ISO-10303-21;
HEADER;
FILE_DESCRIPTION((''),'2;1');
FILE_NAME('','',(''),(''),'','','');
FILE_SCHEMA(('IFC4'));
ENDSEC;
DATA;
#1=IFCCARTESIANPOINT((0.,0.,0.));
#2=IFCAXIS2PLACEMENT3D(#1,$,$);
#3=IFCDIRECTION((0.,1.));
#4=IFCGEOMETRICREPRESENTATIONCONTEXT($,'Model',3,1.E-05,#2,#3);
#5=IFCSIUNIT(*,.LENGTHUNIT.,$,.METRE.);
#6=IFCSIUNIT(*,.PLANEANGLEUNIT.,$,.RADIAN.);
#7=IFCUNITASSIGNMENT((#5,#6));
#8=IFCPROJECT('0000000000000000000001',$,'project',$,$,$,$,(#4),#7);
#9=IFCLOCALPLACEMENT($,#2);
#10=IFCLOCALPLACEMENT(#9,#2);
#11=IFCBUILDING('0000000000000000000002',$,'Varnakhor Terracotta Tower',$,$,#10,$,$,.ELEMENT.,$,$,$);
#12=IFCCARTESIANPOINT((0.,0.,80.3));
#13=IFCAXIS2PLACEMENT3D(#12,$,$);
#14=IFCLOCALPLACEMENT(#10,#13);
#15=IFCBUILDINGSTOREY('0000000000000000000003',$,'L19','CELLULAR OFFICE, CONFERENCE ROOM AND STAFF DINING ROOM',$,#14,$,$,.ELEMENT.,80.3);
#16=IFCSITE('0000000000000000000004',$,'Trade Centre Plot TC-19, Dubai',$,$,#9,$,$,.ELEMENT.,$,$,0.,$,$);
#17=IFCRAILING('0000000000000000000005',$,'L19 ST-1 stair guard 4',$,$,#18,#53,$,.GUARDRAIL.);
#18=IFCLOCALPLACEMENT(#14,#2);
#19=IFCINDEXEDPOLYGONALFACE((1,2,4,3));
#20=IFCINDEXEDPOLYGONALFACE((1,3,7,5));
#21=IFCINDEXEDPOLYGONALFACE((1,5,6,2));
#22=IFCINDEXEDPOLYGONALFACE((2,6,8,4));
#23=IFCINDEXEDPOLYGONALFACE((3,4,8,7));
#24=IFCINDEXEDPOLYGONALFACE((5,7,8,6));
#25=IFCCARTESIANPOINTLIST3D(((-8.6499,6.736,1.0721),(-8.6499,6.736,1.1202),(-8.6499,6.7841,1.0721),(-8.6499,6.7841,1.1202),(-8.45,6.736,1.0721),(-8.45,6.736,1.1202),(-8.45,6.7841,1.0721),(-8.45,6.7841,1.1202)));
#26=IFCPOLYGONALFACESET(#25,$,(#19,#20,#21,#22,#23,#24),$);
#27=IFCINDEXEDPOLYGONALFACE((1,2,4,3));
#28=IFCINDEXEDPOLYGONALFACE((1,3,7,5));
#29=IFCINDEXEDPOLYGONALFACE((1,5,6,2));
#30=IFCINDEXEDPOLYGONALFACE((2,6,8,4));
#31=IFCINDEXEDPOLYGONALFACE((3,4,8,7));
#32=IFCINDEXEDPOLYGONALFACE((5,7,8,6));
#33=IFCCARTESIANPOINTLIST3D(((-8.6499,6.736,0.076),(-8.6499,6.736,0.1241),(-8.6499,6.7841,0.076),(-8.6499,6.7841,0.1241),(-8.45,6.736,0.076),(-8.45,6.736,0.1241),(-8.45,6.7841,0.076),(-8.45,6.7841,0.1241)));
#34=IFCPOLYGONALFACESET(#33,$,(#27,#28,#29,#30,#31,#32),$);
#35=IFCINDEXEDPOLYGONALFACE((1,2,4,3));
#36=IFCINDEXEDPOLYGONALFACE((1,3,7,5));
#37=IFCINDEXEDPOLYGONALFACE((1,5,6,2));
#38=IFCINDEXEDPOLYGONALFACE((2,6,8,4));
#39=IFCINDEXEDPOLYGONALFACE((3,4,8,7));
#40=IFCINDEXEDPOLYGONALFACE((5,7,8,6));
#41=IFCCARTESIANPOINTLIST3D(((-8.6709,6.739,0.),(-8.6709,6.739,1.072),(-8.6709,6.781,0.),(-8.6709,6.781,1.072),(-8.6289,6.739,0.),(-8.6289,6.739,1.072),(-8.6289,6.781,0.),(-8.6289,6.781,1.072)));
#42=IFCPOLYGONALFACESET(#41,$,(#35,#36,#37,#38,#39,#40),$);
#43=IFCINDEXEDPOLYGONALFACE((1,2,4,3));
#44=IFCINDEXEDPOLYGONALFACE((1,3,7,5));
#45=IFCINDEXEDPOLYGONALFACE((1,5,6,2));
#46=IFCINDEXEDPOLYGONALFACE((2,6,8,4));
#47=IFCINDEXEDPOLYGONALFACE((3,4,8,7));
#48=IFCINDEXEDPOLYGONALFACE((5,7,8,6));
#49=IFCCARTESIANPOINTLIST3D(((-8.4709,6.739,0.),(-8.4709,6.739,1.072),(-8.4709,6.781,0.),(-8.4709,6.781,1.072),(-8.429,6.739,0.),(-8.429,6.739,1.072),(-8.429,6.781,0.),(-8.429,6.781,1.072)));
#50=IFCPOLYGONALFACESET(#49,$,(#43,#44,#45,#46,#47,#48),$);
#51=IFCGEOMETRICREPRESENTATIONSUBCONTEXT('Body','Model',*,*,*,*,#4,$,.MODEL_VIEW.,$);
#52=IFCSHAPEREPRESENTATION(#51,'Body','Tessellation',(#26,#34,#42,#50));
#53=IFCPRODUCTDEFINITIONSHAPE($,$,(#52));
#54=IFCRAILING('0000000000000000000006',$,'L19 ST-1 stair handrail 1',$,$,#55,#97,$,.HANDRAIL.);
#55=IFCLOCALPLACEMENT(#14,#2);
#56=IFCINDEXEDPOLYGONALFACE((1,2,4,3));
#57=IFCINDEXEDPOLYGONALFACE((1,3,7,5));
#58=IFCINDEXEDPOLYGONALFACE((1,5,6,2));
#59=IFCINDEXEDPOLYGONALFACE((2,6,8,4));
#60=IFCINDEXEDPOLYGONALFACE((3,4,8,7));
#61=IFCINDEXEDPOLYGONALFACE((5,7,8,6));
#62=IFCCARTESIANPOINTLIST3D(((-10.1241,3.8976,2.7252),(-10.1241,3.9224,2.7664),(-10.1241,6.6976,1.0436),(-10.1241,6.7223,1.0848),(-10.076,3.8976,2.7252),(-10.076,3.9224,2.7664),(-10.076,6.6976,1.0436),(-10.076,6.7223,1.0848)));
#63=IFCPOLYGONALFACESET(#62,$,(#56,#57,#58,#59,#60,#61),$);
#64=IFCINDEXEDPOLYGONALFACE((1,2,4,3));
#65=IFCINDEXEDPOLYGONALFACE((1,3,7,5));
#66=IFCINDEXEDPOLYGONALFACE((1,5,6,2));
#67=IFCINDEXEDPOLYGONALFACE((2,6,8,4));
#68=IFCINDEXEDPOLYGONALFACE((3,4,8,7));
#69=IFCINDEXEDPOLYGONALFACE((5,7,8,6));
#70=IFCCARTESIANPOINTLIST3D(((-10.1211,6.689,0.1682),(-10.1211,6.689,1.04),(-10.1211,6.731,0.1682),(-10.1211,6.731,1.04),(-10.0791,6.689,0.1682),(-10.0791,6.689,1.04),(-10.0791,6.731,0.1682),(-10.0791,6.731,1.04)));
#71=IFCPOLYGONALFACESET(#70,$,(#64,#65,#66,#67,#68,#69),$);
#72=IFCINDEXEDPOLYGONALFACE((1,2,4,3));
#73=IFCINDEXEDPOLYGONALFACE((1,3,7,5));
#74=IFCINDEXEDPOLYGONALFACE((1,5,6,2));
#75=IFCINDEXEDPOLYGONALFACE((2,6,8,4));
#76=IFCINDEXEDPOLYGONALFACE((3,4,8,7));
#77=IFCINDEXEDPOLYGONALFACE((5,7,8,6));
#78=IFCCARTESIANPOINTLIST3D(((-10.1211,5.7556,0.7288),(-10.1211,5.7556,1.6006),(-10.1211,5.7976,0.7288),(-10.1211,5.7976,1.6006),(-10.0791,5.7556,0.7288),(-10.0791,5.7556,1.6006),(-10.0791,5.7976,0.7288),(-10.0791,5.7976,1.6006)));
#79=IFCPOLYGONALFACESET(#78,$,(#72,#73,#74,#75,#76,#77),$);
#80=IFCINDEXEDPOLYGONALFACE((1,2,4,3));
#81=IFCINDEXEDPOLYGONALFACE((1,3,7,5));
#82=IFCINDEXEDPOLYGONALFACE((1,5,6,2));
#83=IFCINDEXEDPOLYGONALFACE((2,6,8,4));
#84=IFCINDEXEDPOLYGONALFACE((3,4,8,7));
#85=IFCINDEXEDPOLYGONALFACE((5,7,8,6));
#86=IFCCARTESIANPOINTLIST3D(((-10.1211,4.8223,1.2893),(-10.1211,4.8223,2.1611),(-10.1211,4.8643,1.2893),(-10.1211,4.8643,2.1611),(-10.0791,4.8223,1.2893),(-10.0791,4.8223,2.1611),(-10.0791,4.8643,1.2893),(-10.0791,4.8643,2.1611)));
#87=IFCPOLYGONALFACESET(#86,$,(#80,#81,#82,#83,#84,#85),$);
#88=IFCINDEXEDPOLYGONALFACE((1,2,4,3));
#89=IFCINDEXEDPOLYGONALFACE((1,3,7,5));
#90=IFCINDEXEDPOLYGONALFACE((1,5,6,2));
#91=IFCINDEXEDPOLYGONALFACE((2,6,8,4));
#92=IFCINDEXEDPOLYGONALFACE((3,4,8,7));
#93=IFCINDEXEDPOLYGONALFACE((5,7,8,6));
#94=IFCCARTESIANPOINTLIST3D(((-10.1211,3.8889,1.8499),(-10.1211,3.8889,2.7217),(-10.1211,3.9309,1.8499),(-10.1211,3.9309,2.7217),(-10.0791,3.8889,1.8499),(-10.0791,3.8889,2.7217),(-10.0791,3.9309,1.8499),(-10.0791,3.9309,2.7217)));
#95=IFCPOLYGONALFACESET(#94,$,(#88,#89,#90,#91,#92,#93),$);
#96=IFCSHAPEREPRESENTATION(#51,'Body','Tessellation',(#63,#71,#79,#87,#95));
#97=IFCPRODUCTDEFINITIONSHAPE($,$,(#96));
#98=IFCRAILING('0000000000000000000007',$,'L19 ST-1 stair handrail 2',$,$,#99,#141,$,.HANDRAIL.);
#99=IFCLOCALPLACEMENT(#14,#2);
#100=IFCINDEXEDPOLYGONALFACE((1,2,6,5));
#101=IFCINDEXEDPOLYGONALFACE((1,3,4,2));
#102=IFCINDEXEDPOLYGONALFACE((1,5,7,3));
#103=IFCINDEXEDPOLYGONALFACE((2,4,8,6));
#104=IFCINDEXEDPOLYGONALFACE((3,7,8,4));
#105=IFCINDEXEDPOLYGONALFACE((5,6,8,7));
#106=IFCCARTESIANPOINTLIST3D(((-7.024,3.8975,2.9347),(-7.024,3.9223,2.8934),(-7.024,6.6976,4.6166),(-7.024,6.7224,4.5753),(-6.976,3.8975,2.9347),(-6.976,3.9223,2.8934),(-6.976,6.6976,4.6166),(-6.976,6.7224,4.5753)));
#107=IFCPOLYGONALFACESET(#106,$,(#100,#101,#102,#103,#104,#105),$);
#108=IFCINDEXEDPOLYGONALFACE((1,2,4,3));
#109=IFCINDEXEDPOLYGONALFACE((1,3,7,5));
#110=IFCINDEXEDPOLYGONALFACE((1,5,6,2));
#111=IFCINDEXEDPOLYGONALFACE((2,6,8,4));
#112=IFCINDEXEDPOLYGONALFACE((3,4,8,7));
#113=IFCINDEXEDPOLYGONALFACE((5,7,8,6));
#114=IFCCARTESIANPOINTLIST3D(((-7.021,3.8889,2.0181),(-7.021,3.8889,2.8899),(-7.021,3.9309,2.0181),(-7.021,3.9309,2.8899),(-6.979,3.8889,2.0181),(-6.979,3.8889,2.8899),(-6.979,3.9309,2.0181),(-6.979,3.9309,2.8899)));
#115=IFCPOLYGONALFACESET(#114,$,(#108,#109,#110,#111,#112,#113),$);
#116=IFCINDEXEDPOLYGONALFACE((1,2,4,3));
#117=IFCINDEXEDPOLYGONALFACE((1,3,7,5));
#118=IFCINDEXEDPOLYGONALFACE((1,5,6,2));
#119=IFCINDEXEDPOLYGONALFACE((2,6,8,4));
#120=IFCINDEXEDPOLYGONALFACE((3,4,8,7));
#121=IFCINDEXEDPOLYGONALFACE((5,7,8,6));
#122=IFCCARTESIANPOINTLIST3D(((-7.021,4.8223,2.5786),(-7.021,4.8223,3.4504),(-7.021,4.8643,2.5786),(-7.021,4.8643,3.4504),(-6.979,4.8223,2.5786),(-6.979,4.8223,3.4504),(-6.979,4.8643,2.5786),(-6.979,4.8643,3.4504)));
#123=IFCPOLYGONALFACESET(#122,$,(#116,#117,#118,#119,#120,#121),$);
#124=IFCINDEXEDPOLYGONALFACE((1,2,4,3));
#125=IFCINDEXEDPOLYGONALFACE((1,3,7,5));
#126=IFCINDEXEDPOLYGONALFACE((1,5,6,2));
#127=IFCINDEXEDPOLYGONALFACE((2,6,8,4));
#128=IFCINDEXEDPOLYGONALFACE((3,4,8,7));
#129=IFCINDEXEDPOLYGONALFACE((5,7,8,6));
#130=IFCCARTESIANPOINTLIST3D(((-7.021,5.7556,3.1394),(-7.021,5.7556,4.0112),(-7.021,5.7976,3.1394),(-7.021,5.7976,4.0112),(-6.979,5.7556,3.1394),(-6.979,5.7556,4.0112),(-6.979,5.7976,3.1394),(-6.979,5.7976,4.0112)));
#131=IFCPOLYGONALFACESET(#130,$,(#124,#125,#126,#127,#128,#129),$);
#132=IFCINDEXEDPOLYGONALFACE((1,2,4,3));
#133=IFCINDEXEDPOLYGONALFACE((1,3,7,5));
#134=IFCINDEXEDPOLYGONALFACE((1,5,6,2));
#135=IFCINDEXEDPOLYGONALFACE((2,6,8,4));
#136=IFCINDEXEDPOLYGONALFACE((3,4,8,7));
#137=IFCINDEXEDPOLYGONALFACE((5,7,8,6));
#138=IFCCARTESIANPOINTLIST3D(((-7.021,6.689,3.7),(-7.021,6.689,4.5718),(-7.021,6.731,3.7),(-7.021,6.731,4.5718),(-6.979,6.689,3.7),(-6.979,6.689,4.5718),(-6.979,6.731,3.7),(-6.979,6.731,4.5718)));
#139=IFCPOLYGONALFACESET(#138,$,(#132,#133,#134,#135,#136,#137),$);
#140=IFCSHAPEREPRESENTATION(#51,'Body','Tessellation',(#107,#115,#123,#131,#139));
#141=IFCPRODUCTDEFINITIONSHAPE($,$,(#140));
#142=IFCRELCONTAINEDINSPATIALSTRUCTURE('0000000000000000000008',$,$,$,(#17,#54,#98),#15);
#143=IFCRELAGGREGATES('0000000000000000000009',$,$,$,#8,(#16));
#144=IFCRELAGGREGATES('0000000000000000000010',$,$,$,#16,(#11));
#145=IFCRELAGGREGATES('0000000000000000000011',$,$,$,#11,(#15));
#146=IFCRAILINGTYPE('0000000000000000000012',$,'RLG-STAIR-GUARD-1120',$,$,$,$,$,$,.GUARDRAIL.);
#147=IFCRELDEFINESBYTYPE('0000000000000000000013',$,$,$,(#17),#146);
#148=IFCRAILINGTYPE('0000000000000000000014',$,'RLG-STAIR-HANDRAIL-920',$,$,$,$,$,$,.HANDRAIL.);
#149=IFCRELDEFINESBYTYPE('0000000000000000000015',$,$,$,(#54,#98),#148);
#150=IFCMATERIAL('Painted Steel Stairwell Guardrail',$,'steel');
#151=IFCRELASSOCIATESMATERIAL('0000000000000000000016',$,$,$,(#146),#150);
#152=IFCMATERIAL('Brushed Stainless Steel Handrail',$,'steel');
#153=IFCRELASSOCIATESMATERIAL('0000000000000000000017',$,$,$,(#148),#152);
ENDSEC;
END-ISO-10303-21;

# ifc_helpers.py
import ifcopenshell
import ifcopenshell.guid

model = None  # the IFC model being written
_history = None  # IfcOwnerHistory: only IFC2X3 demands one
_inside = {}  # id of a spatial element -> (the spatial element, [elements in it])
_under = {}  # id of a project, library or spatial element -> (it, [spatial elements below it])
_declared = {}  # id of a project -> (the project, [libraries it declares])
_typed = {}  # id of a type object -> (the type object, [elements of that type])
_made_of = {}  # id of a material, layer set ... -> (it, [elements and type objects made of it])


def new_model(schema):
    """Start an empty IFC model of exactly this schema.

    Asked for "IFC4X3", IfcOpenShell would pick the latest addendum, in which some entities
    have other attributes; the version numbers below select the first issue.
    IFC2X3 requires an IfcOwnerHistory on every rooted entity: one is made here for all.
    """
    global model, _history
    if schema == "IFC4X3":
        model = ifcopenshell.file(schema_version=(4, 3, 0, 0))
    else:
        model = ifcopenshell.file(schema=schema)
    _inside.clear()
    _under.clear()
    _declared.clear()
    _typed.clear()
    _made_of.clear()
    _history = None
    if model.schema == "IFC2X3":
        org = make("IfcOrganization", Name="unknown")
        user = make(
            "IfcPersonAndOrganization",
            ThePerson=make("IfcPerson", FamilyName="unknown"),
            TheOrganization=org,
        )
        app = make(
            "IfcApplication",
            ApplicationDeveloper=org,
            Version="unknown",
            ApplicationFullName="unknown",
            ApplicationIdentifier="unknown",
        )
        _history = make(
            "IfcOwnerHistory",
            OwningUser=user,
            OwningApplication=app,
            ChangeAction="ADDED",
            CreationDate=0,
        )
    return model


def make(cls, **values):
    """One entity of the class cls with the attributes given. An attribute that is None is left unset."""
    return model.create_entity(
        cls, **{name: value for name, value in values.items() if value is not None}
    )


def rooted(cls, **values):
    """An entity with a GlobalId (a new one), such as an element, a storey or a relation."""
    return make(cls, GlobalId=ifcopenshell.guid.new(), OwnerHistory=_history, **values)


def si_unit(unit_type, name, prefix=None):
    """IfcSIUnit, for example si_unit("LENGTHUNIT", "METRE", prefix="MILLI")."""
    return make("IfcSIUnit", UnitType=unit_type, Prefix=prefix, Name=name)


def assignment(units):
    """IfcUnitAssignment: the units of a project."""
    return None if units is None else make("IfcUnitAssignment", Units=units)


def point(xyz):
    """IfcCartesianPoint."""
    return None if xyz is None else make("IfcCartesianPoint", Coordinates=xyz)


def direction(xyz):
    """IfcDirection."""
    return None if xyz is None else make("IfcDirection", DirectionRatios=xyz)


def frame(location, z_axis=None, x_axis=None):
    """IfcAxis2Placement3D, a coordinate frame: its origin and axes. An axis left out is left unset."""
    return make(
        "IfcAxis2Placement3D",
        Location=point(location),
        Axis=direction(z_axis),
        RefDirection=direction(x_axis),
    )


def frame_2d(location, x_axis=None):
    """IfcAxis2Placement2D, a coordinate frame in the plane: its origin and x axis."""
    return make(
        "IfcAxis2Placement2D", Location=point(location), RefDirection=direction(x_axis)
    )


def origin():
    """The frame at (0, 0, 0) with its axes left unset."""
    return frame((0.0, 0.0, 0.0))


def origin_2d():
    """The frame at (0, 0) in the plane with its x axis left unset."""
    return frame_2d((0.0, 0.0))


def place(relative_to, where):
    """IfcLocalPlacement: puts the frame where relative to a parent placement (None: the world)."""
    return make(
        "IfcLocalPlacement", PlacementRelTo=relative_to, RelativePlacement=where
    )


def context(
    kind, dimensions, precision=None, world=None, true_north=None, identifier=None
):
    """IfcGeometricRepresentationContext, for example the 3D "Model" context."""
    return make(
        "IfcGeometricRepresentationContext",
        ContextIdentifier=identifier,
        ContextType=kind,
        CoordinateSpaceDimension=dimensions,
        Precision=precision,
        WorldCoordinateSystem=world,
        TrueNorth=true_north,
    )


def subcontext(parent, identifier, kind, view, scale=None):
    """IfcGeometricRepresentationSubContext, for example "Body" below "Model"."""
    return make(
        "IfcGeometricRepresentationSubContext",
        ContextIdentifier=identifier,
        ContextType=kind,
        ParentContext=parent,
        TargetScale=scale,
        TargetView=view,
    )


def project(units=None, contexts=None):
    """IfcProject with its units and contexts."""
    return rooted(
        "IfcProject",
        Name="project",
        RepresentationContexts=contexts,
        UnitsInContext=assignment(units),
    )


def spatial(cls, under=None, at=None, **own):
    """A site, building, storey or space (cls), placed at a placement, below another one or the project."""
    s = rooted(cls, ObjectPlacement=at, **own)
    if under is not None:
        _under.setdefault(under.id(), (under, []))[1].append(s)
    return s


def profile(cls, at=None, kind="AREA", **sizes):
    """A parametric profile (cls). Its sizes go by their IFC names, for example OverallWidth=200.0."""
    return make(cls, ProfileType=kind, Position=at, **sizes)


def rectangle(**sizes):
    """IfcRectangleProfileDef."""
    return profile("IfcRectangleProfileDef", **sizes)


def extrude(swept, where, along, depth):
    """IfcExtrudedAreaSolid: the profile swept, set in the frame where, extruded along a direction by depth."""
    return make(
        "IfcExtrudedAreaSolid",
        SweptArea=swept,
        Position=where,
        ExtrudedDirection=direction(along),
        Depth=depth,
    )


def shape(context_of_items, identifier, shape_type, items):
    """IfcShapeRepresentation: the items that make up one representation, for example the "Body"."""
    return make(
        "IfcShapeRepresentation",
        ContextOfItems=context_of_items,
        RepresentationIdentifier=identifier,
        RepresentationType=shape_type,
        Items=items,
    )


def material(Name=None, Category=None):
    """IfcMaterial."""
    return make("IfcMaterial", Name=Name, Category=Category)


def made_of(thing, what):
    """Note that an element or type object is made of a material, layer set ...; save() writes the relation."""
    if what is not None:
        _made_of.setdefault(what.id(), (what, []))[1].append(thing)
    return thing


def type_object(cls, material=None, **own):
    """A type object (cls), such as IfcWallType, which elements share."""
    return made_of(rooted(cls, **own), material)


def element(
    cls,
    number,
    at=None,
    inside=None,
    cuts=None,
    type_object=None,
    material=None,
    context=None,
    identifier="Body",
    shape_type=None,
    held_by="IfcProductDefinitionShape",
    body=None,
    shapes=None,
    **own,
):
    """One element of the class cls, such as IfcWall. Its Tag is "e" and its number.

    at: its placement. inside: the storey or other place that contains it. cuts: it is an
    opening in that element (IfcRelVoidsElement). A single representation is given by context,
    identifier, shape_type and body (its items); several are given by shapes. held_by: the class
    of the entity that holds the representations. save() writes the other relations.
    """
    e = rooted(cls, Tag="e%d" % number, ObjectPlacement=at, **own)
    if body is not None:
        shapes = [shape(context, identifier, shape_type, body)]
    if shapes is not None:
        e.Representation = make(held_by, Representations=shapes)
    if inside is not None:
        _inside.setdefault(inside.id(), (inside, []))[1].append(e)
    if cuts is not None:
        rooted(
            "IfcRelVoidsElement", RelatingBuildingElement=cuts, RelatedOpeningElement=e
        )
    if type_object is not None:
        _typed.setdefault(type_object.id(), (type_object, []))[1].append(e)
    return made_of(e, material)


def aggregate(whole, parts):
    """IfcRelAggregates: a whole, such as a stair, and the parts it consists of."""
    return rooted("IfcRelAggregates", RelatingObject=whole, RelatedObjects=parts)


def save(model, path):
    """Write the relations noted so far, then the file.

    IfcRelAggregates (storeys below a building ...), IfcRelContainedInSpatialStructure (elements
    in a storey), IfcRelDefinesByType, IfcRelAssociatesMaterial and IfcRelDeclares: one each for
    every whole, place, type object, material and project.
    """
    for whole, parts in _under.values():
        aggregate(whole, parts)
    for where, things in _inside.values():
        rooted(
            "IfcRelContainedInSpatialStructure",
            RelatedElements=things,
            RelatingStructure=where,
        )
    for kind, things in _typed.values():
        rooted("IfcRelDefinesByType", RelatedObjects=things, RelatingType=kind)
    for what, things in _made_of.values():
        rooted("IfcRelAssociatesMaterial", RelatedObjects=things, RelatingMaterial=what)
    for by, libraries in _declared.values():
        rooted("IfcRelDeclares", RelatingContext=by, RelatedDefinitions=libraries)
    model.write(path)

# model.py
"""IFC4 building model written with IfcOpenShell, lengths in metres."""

from ifc_helpers import new_model, si_unit, direction, frame, origin, origin_2d, place, context, subcontext, project, spatial, rectangle, extrude, material, type_object, element, save


model = new_model("IFC4")

# Units and contexts
model_context = context("Model", 3, precision=1e-05, world=origin(), true_north=direction((0.0, 1.0)))
body_context = subcontext(model_context, "Body", "Model", "MODEL_VIEW")
ifc_project = project(units=[si_unit("LENGTHUNIT", "METRE"), si_unit("PLANEANGLEUNIT", "RADIAN")], contexts=[model_context])

# Site, building, storey
site_placement = place(None, origin())
site = spatial("IfcSite", under=ifc_project, at=site_placement, Name="Trade Centre Plot TC-19, Dubai", CompositionType="ELEMENT", RefElevation=0.0)
building_placement = place(site_placement, origin())
building = spatial("IfcBuilding", under=site, at=building_placement, Name="Varnakhor Terracotta Tower", CompositionType="ELEMENT")
storey_placement = place(building_placement, frame((0.0, 0.0, 80.3)))
storey = spatial("IfcBuildingStorey", under=building, at=storey_placement, Name="L19", Description="CELLULAR OFFICE, CONFERENCE ROOM AND STAFF DINING ROOM", CompositionType="ELEMENT", Elevation=80.3)

# Railings
ifc_material_1 = material(Name="Painted Steel Stairwell Guardrail", Category="steel")
railing_type_1 = type_object("IfcRailingType", Name="RLG-STAIR-GUARD-1120", PredefinedType="GUARDRAIL", material=ifc_material_1)
railing_1_placement = place(storey_placement, frame((-8.6499, 6.76, 0.0)))
element("IfcRailing", 1, at=railing_1_placement, inside=storey, type_object=railing_type_1, Name="L19 ST-1 stair guard 4", PredefinedType="GUARDRAIL", context=body_context, shape_type="SweptSolid", body=[
    extrude(rectangle(XDim=0.0481, YDim=0.0481, at=origin_2d()), frame((0.0, 0.0, 1.0962), z_axis=(1.0, 0.0, 0.0), x_axis=(0.0, 1.0, 0.0)), (0.0, 0.0, 1.0), 0.2),
    extrude(rectangle(XDim=0.0481, YDim=0.0481, at=origin_2d()), frame((0.0, 0.0, 0.1001), z_axis=(1.0, 0.0, 0.0), x_axis=(0.0, 1.0, 0.0)), (0.0, 0.0, 1.0), 0.2),
    extrude(rectangle(XDim=0.042, YDim=0.042, at=origin_2d()), origin(), (0.0, 0.0, 1.0), 1.072),
    extrude(rectangle(XDim=0.042, YDim=0.042, at=origin_2d()), frame((0.2, 0.0, 0.0)), (0.0, 0.0, 1.0), 1.072),
])
ifc_material_2 = material(Name="Brushed Stainless Steel Handrail", Category="steel")
railing_type_2 = type_object("IfcRailingType", Name="RLG-STAIR-HANDRAIL-920", PredefinedType="HANDRAIL", material=ifc_material_2)
railing_2_placement = place(storey_placement, frame((-10.1001, 6.71, 0.1682)))
element("IfcRailing", 2, at=railing_2_placement, inside=storey, type_object=railing_type_2, Name="L19 ST-1 stair handrail 1", PredefinedType="HANDRAIL", context=body_context, shape_type="SweptSolid", body=[
    extrude(rectangle(XDim=0.0481, YDim=0.0481, at=origin_2d()), frame((0.0, 0.0, 0.896), z_axis=(0.0, -0.857275, 0.514858), x_axis=(1.0, 0.0, 0.0)), (0.0, 0.0, 1.0), 3.2661),
    extrude(rectangle(XDim=0.042, YDim=0.042, at=origin_2d()), origin(), (0.0, 0.0, 1.0), 0.8718),
    extrude(rectangle(XDim=0.042, YDim=0.042, at=origin_2d()), frame((0.0, -0.9333, 0.5605)), (0.0, 0.0, 1.0), 0.8718),
    extrude(rectangle(XDim=0.042, YDim=0.042, at=origin_2d()), frame((0.0, -1.8667, 1.1211)), (0.0, 0.0, 1.0), 0.8718),
    extrude(rectangle(XDim=0.042, YDim=0.042, at=origin_2d()), frame((0.0, -2.8, 1.6816)), (0.0, 0.0, 1.0), 0.8718),
])
railing_3_placement = place(storey_placement, frame((-7.0, 3.9099, 2.0181)))
element("IfcRailing", 3, at=railing_3_placement, inside=storey, type_object=railing_type_2, Name="L19 ST-1 stair handrail 2", PredefinedType="HANDRAIL", context=body_context, shape_type="SweptSolid", body=[
    extrude(rectangle(XDim=0.0481, YDim=0.0481, at=origin_2d()), frame((0.0, 0.0, 0.896), z_axis=(0.0, 0.857242, 0.514913), x_axis=(-1.0, 0.0, 0.0)), (0.0, 0.0, 1.0), 3.2664),
    extrude(rectangle(XDim=0.042, YDim=0.042, at=origin_2d()), origin(), (0.0, 0.0, 1.0), 0.8718),
    extrude(rectangle(XDim=0.042, YDim=0.042, at=origin_2d()), frame((0.0, 0.9333, 0.5605)), (0.0, 0.0, 1.0), 0.8718),
    extrude(rectangle(XDim=0.042, YDim=0.042, at=origin_2d()), frame((0.0, 1.8667, 1.1213)), (0.0, 0.0, 1.0), 0.8718),
    extrude(rectangle(XDim=0.042, YDim=0.042, at=origin_2d()), frame((0.0, 2.8, 1.6819)), (0.0, 0.0, 1.0), 0.8718),
])

save(model, "model.ifc")
